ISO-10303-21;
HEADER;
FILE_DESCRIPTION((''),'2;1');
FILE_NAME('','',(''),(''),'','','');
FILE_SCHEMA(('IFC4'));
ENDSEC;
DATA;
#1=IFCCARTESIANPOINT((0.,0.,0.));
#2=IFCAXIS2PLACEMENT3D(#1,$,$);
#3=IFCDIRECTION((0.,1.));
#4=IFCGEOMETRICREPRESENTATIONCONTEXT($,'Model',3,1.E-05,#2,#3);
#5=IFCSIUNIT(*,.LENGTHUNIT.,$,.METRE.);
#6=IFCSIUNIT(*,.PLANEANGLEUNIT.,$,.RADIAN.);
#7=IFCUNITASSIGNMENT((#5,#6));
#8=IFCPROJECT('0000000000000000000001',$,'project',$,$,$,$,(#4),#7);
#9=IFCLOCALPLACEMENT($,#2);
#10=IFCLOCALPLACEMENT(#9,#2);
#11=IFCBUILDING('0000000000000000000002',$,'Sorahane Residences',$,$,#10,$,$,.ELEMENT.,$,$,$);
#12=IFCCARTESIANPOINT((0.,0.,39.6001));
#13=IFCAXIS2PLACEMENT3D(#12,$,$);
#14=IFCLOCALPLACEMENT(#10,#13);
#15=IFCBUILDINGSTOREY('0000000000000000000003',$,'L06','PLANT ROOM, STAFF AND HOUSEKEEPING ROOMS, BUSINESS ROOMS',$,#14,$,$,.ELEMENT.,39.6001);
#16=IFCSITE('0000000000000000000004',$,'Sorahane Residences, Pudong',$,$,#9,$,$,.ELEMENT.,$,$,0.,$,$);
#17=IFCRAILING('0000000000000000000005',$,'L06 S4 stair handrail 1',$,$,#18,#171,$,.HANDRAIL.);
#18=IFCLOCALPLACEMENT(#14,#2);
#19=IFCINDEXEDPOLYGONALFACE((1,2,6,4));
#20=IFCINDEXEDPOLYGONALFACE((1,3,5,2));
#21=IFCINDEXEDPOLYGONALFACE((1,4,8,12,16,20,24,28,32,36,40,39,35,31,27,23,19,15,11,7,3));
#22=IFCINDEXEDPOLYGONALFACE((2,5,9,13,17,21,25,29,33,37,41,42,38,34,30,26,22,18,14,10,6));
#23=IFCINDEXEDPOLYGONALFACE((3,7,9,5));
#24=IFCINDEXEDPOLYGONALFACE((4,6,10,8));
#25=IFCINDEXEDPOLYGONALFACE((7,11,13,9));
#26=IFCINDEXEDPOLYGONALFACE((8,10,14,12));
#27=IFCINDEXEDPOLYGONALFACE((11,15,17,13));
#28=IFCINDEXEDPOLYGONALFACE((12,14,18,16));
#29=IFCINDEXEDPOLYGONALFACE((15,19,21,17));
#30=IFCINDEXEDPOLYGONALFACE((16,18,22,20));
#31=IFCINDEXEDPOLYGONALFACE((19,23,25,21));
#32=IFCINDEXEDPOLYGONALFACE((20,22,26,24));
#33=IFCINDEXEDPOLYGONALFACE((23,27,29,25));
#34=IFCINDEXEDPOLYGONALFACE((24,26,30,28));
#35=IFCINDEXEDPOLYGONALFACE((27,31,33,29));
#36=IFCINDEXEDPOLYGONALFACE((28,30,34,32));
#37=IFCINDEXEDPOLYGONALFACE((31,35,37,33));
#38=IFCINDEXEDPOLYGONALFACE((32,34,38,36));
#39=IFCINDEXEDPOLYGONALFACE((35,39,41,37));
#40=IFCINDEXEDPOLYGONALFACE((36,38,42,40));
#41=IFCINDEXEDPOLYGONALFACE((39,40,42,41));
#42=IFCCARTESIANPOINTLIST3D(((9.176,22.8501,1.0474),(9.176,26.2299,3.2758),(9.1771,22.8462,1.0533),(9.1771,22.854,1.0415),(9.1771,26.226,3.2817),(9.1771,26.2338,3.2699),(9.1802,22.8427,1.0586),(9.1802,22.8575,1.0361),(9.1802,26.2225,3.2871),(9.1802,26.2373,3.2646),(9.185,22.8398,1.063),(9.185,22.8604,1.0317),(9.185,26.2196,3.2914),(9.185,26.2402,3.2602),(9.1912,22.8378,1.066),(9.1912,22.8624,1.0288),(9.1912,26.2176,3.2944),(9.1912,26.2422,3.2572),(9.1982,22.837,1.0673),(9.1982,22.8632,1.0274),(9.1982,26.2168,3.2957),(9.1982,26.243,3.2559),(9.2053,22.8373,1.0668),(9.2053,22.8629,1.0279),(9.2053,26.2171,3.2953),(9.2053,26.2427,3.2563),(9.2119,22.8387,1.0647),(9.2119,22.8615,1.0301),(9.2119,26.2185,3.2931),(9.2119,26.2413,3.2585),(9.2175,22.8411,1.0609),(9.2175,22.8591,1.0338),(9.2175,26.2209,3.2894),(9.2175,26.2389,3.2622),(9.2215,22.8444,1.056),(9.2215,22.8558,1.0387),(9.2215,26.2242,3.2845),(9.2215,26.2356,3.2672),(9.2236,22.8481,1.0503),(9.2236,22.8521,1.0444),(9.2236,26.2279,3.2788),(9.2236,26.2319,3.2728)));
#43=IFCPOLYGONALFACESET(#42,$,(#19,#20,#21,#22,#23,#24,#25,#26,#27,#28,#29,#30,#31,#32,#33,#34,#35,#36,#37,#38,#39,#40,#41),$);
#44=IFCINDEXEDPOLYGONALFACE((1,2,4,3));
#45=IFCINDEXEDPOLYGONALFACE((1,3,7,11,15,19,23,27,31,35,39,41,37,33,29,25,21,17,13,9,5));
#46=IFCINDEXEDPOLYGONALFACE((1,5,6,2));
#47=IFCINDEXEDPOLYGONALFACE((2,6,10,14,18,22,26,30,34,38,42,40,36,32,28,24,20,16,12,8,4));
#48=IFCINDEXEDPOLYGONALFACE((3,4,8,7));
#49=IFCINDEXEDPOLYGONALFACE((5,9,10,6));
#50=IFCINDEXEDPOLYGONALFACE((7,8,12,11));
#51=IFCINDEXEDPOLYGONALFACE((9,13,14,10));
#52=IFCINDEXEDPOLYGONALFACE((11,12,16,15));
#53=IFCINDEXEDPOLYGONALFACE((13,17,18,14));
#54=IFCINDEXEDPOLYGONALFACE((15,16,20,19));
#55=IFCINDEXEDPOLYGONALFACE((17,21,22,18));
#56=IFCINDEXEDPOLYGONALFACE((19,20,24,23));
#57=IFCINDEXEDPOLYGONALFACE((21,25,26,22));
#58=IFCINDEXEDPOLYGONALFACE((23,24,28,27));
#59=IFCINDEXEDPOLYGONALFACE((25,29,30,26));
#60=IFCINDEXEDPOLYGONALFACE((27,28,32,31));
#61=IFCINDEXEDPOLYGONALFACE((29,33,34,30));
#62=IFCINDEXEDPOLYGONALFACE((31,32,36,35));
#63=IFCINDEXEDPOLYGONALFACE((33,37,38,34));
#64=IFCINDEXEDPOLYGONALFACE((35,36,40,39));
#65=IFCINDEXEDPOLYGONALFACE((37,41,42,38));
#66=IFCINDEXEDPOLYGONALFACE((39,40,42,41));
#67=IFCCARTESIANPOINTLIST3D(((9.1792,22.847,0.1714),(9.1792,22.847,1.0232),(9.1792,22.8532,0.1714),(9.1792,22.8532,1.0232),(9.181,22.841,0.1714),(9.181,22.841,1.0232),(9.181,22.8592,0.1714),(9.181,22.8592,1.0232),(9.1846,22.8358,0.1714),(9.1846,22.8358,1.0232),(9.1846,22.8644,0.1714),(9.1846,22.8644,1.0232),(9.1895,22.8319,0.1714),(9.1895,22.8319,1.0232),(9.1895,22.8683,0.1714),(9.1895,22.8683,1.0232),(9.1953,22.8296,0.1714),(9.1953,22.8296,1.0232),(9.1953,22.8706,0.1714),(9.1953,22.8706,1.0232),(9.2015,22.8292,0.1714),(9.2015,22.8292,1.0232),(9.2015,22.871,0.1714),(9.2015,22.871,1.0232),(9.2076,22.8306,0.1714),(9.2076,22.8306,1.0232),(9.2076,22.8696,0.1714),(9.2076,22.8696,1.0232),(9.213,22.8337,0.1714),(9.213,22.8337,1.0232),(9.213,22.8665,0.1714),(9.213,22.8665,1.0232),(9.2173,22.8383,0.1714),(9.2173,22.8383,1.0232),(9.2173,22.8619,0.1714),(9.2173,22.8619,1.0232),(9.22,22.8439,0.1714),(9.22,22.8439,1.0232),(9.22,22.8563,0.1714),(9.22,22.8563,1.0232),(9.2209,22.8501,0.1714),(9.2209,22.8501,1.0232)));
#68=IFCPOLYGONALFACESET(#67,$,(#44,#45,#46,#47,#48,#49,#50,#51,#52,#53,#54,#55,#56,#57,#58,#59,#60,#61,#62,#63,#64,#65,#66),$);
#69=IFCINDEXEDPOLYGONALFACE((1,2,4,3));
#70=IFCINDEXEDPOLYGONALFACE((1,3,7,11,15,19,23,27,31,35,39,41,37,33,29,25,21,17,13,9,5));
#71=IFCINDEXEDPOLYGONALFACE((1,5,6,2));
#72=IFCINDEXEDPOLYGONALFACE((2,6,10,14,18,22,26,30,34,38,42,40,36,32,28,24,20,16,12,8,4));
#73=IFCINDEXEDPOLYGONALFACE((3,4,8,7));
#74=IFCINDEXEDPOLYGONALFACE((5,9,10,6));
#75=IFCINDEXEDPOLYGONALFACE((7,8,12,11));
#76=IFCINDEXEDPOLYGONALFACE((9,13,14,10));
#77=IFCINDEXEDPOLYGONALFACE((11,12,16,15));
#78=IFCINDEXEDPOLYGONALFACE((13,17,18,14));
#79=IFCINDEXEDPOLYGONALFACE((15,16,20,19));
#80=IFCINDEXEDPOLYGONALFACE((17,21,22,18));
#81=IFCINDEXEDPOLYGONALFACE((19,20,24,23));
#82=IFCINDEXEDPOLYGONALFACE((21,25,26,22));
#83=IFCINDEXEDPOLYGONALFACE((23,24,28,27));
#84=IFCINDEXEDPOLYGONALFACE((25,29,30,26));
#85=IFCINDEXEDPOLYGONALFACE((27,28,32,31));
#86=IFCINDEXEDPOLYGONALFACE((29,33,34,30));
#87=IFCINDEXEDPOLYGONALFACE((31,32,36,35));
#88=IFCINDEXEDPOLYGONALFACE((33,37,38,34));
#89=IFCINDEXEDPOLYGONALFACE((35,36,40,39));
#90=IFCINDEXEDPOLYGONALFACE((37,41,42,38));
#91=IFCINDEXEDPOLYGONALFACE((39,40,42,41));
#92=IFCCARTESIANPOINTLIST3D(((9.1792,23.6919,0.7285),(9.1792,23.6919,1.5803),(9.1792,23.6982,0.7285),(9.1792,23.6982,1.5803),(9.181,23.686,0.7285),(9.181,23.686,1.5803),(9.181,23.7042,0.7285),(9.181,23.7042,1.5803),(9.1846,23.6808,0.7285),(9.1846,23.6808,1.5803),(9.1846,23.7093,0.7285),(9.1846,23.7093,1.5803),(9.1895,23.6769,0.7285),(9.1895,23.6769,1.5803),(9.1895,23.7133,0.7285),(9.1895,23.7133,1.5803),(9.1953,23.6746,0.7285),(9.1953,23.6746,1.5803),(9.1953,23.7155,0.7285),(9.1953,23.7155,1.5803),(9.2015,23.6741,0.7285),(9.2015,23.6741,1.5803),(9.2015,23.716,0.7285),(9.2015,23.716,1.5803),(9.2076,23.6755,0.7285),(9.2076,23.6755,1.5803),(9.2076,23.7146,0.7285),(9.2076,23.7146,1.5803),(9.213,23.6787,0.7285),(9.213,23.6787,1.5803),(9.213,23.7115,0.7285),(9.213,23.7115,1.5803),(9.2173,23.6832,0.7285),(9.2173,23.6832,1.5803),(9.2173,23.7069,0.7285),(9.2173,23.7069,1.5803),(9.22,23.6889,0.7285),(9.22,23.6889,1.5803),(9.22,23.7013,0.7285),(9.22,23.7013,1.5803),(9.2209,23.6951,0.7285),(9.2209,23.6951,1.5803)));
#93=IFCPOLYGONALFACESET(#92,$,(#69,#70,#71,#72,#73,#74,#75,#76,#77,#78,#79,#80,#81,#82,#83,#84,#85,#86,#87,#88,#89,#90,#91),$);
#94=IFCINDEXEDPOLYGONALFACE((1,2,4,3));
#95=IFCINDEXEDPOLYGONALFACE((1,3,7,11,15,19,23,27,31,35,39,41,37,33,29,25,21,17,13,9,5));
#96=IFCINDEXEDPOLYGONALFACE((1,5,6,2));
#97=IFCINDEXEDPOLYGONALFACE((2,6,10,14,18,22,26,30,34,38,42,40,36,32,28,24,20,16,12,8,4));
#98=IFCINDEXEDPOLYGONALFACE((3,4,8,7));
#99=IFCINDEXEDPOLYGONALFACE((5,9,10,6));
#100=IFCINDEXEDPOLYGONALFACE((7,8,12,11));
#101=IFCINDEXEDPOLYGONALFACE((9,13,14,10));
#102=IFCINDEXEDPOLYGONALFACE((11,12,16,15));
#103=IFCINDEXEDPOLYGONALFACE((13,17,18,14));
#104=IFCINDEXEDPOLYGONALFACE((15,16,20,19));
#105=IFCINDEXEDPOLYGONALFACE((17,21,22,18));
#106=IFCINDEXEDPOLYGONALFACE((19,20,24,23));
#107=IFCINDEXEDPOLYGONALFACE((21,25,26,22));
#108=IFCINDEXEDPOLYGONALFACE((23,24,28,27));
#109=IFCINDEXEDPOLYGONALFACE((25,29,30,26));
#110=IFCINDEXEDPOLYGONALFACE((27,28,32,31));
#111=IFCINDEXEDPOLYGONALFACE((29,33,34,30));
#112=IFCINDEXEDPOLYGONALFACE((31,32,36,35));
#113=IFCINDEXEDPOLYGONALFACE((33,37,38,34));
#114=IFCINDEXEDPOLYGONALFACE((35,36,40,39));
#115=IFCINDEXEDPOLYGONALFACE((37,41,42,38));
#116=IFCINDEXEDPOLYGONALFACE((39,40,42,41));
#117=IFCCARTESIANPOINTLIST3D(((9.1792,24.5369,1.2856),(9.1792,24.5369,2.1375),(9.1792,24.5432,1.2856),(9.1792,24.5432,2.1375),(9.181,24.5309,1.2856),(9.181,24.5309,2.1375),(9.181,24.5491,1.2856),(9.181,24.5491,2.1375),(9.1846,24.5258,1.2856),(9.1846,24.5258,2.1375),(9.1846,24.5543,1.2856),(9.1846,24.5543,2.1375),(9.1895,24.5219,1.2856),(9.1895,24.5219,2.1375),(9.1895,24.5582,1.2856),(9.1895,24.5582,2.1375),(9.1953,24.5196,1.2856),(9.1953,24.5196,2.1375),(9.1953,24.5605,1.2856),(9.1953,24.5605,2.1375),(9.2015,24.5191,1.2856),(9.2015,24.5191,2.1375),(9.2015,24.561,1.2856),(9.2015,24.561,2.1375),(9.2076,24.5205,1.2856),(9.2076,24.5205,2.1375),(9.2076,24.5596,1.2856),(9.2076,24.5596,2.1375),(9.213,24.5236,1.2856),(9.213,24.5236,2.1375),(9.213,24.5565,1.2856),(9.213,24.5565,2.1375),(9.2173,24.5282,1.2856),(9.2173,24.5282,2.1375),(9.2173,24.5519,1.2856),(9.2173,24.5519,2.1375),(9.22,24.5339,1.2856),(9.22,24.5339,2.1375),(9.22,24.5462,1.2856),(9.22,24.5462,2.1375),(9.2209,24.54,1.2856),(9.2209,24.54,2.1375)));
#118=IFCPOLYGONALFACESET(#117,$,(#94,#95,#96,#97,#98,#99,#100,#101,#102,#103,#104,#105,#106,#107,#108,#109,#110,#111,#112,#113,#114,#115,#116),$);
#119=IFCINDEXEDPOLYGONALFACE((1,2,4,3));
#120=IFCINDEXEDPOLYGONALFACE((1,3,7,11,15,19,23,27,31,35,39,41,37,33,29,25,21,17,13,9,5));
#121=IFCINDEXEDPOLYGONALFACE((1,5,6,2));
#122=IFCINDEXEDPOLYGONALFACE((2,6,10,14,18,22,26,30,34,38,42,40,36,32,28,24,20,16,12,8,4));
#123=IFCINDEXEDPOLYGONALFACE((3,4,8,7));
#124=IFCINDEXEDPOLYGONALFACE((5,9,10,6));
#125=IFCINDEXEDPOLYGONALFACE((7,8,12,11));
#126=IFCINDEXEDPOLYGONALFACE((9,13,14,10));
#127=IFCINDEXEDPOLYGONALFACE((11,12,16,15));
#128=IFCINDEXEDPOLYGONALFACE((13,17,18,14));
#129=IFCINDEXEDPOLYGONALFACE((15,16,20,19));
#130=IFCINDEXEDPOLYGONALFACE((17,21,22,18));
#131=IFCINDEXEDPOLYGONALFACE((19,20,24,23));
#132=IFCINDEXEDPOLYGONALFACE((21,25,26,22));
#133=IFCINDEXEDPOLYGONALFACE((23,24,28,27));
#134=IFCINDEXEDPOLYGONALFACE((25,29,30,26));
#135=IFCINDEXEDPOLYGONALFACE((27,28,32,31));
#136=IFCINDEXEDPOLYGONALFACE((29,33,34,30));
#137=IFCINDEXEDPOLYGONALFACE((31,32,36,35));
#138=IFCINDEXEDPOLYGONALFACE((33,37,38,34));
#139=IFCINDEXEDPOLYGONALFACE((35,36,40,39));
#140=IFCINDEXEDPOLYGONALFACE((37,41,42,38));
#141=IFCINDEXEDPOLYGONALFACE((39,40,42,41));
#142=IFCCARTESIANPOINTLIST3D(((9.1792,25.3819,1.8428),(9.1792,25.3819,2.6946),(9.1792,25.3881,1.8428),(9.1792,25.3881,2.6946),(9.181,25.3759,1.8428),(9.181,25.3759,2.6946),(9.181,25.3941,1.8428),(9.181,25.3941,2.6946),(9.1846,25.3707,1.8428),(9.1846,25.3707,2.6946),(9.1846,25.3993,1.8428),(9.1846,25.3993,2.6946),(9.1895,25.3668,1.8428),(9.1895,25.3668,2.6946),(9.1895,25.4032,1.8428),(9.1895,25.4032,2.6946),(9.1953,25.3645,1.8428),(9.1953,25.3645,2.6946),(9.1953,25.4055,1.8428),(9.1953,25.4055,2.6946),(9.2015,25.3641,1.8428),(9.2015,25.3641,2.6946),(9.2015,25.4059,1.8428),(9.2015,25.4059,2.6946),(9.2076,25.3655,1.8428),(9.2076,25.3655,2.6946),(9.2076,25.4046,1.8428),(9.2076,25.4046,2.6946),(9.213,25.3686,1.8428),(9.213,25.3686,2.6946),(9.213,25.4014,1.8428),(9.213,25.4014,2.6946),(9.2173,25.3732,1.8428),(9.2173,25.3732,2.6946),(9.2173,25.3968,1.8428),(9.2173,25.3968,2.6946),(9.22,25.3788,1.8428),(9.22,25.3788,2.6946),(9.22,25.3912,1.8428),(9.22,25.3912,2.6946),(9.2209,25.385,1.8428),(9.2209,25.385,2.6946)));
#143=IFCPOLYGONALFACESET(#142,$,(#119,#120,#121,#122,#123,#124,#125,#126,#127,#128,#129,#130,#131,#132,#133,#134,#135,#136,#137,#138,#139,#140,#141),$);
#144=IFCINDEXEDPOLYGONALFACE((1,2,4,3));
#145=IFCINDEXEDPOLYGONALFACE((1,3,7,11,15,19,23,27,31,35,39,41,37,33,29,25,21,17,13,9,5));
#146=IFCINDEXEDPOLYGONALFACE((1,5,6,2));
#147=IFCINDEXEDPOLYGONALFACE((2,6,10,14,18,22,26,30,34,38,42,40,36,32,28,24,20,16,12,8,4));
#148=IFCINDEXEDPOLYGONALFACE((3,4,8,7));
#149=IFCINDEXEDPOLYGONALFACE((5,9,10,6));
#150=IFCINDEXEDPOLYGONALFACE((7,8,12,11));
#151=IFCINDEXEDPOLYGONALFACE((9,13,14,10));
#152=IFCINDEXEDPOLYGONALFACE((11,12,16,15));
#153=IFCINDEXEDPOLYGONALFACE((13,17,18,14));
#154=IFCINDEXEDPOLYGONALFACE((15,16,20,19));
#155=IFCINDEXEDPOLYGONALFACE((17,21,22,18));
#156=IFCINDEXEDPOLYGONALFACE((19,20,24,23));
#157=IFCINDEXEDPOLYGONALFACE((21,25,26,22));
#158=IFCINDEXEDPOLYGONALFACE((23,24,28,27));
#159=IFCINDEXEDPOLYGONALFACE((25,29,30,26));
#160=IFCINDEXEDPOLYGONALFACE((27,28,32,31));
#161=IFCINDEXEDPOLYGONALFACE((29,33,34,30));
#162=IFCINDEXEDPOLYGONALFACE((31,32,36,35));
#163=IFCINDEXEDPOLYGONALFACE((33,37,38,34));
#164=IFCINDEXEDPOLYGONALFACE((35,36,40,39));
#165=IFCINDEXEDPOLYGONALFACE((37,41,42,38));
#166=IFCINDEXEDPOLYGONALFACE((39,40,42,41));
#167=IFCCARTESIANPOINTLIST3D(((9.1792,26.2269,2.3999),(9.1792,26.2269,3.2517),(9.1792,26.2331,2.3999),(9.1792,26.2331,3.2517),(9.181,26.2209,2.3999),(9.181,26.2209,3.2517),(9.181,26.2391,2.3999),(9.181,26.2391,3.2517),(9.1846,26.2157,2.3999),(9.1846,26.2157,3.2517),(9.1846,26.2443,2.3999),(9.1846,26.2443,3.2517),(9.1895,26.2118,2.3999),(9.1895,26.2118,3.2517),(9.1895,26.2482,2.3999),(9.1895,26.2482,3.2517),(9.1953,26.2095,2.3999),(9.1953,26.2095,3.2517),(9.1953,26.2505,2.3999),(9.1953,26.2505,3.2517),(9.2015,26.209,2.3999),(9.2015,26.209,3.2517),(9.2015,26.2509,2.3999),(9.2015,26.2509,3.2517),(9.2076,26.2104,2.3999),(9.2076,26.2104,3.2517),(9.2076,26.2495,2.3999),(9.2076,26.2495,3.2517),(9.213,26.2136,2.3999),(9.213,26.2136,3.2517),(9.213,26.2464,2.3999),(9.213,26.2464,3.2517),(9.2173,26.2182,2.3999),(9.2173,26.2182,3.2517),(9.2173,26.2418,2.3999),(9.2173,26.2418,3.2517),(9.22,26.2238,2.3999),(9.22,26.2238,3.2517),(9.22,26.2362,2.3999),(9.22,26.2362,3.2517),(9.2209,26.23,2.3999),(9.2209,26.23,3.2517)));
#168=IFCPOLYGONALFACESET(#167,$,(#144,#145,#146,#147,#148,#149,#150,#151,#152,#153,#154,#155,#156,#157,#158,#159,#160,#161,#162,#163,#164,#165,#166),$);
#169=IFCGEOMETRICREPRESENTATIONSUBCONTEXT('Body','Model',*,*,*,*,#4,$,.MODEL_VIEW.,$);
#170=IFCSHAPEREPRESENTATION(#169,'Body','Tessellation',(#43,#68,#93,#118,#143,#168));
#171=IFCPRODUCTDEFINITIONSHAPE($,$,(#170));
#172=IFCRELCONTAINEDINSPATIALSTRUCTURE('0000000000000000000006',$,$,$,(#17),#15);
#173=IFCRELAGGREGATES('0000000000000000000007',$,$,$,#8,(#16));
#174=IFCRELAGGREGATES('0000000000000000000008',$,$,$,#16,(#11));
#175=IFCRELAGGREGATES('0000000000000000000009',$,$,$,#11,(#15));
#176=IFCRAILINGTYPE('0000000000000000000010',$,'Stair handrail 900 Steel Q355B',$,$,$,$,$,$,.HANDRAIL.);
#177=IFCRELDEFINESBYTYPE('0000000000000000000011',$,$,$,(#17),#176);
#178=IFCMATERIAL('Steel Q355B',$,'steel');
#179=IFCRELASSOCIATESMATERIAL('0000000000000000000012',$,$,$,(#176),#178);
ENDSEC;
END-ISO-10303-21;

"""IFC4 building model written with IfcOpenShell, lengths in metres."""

from ifc_helpers import new_model, si_unit, direction, frame, origin, origin_2d, place, context, subcontext, project, spatial, circle, extrude, material, type_object, element, save


model = new_model("IFC4")

# Units and contexts
model_context = context("Model", 3, precision=1e-05, world=origin(), true_north=direction((0.0, 1.0)))
body_context = subcontext(model_context, "Body", "Model", "MODEL_VIEW")
ifc_project = project(units=[si_unit("LENGTHUNIT", "METRE"), si_unit("PLANEANGLEUNIT", "RADIAN")], contexts=[model_context])

# Site, building, storey
site_placement = place(None, origin())
site = spatial("IfcSite", under=ifc_project, at=site_placement, Name="Sorahane Residences, Pudong", CompositionType="ELEMENT", RefElevation=0.0)
building_placement = place(site_placement, origin())
building = spatial("IfcBuilding", under=site, at=building_placement, Name="Sorahane Residences", CompositionType="ELEMENT")
storey_placement = place(building_placement, frame((0.0, 0.0, 39.6001)))
storey = spatial("IfcBuildingStorey", under=building, at=storey_placement, Name="L06", Description="PLANT ROOM, STAFF AND HOUSEKEEPING ROOMS, BUSINESS ROOMS", CompositionType="ELEMENT", Elevation=39.6001)

# Railing
ifc_material_1 = material(Name="Steel Q355B", Category="steel")
railing_type_1 = type_object("IfcRailingType", Name="Stair handrail 900 Steel Q355B", PredefinedType="HANDRAIL", material=ifc_material_1)
railing_1_placement = place(storey_placement, frame((9.2, 22.8501, 0.1714)))
element("IfcRailing", 1, at=railing_1_placement, inside=storey, type_object=railing_type_1, Name="L06 S4 stair handrail 1", PredefinedType="HANDRAIL", context=body_context, shape_type="SweptSolid", body=[
    extrude(circle(Radius=0.0239, at=origin_2d()), frame((0.0, 0.0, 0.876), z_axis=(0.0, 0.83486, 0.550462), x_axis=(-1.0, 0.0, 0.0)), (0.0, 0.0, 1.0), 4.0483),
    extrude(circle(Radius=0.021, at=origin_2d()), origin(), (0.0, 0.0, 1.0), 0.8518),
    extrude(circle(Radius=0.021, at=origin_2d()), frame((0.0, 0.845, 0.5571)), (0.0, 0.0, 1.0), 0.8518),
    extrude(circle(Radius=0.021, at=origin_2d()), frame((0.0, 1.6899, 1.1143)), (0.0, 0.0, 1.0), 0.8518),
    extrude(circle(Radius=0.021, at=origin_2d()), frame((0.0, 2.5349, 1.6714)), (0.0, 0.0, 1.0), 0.8518),
    extrude(circle(Radius=0.021, at=origin_2d()), frame((0.0, 3.3799, 2.2285)), (0.0, 0.0, 1.0), 0.8518),
])

save(model, "model.ifc")
